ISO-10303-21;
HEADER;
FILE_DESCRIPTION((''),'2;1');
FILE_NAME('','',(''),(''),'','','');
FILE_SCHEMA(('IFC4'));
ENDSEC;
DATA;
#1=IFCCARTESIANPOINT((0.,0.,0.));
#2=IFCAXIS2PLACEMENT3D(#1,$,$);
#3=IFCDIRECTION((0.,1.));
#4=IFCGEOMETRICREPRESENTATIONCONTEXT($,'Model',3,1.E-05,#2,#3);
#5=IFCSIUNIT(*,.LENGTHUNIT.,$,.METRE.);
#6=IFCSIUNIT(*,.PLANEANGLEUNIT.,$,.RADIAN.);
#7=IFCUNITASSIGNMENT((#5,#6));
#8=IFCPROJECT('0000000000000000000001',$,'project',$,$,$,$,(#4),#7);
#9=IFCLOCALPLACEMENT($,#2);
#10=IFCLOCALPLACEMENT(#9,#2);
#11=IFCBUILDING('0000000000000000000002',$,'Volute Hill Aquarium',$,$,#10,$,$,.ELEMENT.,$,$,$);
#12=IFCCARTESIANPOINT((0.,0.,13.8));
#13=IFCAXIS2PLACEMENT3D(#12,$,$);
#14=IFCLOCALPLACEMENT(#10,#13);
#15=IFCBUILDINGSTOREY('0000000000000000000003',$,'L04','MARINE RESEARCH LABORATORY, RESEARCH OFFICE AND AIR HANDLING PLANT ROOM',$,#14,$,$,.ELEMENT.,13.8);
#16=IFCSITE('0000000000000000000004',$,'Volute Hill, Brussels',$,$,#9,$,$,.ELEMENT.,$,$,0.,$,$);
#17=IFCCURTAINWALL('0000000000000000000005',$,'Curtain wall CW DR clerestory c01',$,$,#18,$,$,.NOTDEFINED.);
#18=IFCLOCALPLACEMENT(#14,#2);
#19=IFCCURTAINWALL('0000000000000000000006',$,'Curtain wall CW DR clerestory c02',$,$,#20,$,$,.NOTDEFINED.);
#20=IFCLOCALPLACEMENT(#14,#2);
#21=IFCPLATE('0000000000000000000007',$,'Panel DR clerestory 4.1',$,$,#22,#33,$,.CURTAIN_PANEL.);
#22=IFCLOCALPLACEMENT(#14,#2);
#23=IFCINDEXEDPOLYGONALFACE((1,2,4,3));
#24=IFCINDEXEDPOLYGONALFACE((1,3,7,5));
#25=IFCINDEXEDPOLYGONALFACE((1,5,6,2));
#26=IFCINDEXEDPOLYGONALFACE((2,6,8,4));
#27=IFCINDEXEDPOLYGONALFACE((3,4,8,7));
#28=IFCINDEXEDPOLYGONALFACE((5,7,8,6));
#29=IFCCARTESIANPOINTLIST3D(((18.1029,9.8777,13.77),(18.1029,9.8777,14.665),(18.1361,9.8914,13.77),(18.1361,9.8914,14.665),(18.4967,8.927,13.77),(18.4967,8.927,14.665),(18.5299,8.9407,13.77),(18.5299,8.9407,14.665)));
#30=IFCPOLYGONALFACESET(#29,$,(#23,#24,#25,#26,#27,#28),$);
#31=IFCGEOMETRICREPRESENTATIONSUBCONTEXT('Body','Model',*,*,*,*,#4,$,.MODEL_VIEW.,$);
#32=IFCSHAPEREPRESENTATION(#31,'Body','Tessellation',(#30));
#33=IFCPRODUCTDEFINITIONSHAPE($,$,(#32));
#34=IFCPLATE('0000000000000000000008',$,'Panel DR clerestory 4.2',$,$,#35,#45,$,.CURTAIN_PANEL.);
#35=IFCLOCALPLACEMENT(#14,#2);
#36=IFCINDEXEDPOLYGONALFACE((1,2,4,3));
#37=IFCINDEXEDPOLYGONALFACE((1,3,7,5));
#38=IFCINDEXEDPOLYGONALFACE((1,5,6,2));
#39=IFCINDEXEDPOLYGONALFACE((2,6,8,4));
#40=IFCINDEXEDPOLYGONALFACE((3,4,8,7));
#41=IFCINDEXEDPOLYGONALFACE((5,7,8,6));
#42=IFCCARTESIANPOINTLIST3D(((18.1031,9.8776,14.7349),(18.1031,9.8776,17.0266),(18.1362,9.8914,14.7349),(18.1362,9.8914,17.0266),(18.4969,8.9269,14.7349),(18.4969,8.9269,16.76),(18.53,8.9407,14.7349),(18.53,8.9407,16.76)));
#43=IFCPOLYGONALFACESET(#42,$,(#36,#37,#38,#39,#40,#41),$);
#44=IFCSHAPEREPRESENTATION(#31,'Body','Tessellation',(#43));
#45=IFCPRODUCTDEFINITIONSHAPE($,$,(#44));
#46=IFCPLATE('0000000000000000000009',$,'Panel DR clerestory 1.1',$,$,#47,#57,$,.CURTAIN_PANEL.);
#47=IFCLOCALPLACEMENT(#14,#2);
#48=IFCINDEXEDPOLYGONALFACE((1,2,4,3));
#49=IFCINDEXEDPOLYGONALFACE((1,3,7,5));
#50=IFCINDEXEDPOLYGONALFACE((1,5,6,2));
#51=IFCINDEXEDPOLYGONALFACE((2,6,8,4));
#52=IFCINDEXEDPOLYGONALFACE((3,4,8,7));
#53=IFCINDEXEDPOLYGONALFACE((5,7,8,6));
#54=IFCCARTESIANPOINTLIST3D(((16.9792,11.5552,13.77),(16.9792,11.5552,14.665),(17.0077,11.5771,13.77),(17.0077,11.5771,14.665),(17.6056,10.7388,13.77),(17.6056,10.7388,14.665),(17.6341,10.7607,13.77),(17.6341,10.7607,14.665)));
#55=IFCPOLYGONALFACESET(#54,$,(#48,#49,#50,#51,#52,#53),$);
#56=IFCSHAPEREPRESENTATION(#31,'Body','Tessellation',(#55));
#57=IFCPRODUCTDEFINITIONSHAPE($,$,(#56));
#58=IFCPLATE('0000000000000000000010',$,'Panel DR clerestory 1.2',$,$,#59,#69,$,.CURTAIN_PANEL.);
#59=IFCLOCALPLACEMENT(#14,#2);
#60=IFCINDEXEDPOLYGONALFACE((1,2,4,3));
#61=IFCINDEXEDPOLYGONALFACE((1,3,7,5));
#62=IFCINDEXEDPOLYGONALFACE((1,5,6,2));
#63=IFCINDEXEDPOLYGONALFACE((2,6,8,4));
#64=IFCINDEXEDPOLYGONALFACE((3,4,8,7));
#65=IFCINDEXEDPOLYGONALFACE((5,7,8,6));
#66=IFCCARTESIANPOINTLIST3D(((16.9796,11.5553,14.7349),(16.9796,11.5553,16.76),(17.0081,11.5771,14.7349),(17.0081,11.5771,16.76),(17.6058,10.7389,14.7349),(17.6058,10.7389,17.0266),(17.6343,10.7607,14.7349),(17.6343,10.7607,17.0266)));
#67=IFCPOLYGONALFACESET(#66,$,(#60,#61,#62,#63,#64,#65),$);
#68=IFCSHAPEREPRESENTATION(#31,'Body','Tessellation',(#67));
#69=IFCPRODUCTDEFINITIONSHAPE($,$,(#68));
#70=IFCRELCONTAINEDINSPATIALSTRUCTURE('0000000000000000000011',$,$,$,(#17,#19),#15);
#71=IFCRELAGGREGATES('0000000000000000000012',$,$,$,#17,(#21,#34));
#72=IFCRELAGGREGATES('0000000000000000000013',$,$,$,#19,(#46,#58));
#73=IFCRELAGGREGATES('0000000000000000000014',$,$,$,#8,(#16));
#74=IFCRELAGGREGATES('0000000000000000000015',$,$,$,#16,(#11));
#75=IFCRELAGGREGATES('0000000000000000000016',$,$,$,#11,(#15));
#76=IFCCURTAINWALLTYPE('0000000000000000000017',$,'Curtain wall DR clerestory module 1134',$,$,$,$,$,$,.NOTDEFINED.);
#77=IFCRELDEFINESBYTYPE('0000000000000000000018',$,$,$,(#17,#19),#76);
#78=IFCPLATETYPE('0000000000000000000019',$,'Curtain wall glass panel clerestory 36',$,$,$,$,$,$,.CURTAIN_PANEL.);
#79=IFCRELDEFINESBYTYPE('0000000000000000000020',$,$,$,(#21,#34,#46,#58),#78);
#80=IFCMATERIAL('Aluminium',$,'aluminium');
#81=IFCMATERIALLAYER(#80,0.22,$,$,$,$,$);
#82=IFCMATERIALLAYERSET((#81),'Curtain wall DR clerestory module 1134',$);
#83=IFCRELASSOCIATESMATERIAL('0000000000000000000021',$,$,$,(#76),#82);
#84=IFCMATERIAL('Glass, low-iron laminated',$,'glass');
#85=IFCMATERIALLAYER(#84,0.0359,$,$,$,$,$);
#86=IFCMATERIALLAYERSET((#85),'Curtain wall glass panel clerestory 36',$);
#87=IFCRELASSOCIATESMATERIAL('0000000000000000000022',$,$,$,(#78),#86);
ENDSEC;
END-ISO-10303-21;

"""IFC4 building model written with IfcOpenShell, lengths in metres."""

from ifc_helpers import new_model, si_unit, direction, frame, origin, origin_2d, place, context, subcontext, project, spatial, polyline, rectangle, outline, extrude, material, layer, layer_set, type_object, element, aggregate, save


model = new_model("IFC4")

# Units and contexts
model_context = context("Model", 3, precision=1e-05, world=origin(), true_north=direction((0.0, 1.0)))
body_context = subcontext(model_context, "Body", "Model", "MODEL_VIEW")
ifc_project = project(units=[si_unit("LENGTHUNIT", "METRE"), si_unit("PLANEANGLEUNIT", "RADIAN")], contexts=[model_context])

# Site, building, storey
site_placement = place(None, origin())
site = spatial("IfcSite", under=ifc_project, at=site_placement, Name="Volute Hill, Brussels", CompositionType="ELEMENT", RefElevation=0.0)
building_placement = place(site_placement, origin())
building = spatial("IfcBuilding", under=site, at=building_placement, Name="Volute Hill Aquarium", CompositionType="ELEMENT")
storey_placement = place(building_placement, frame((0.0, 0.0, 13.8)))
storey = spatial("IfcBuildingStorey", under=building, at=storey_placement, Name="L04", Description="MARINE RESEARCH LABORATORY, RESEARCH OFFICE AND AIR HANDLING PLANT ROOM", CompositionType="ELEMENT", Elevation=13.8)

# Curtain wall
ifc_material_1 = material(Name="Aluminium", Category="aluminium")
ifc_layer_1 = layer(ifc_material_1, 0.22)
ifc_layer_set_1 = layer_set([ifc_layer_1], Name="Curtain wall DR clerestory module 1134")
curtain_wall_type = type_object("IfcCurtainWallType", Name="Curtain wall DR clerestory module 1134", PredefinedType="NOTDEFINED", material=ifc_layer_set_1)
curtain_wall_1_placement = place(storey_placement, origin())
curtain_wall_1 = element("IfcCurtainWall", 1, at=curtain_wall_1_placement, inside=storey, type_object=curtain_wall_type, Name="Curtain wall CW DR clerestory c01", PredefinedType="NOTDEFINED")

# Curtain wall
curtain_wall_2_placement = place(storey_placement, origin())
curtain_wall_2 = element("IfcCurtainWall", 2, at=curtain_wall_2_placement, inside=storey, type_object=curtain_wall_type, Name="Curtain wall CW DR clerestory c02", PredefinedType="NOTDEFINED")

# Plates
ifc_material_2 = material(Name="Glass, low-iron laminated", Category="glass")
ifc_layer_2 = layer(ifc_material_2, 0.0359)
ifc_layer_set_2 = layer_set([ifc_layer_2], Name="Curtain wall glass panel clerestory 36")
plate_type = type_object("IfcPlateType", Name="Curtain wall glass panel clerestory 36", PredefinedType="CURTAIN_PANEL", material=ifc_layer_set_2)
plate_1_placement = place(storey_placement, frame((18.3164, 9.4092, 13.77), z_axis=(0.0, 0.0, 1.0), x_axis=(-0.382696, 0.923874, 0.0)))
plate_1 = element("IfcPlate", 3, at=plate_1_placement, type_object=plate_type, Name="Panel DR clerestory 4.1", PredefinedType="CURTAIN_PANEL", context=body_context, shape_type="SweptSolid", body=[
    extrude(rectangle(XDim=1.0291, YDim=0.0359, at=origin_2d()), origin(), (0.0, 0.0, 1.0), 0.895),
])
plate_2_placement = place(storey_placement, frame((18.53, 8.9407, 14.7349), z_axis=(0.923875, 0.382694, 0.0), x_axis=(-0.382694, 0.923875, 0.0)))
plate_2 = element("IfcPlate", 4, at=plate_2_placement, type_object=plate_type, Name="Panel DR clerestory 4.2", PredefinedType="CURTAIN_PANEL", context=body_context, shape_type="SweptSolid", body=[
    extrude(outline(polyline([(0.0, 0.0), (1.029, 0.0), (1.029, 2.2917), (0.0, 2.0251), (0.0, 0.0)])), origin(), (0.0, 0.0, -1.0), 0.0359),
])
aggregate(curtain_wall_1, [plate_1, plate_2])
plate_3_placement = place(storey_placement, frame((17.3066, 11.158, 13.77), z_axis=(0.0, 0.0, 1.0), x_axis=(-0.608761, 0.793354, 0.0)))
plate_3 = element("IfcPlate", 5, at=plate_3_placement, type_object=plate_type, Name="Panel DR clerestory 1.1", PredefinedType="CURTAIN_PANEL", context=body_context, shape_type="SweptSolid", body=[
    extrude(rectangle(XDim=1.0291, YDim=0.0359, at=origin_2d()), origin(), (0.0, 0.0, 1.0), 0.895),
])
plate_4_placement = place(storey_placement, frame((17.6343, 10.7607, 14.7349), z_axis=(0.793461, 0.608621, 0.0), x_axis=(-0.608621, 0.793461, 0.0)))
plate_4 = element("IfcPlate", 6, at=plate_4_placement, type_object=plate_type, Name="Panel DR clerestory 1.2", PredefinedType="CURTAIN_PANEL", context=body_context, shape_type="SweptSolid", body=[
    extrude(outline(polyline([(0.0, 0.0), (1.0289, 0.0), (1.0289, 2.0251), (0.0, 2.2917), (0.0, 0.0)])), origin(), (0.0, 0.0, -1.0), 0.0359),
])
aggregate(curtain_wall_2, [plate_3, plate_4])

save(model, "model.ifc")
